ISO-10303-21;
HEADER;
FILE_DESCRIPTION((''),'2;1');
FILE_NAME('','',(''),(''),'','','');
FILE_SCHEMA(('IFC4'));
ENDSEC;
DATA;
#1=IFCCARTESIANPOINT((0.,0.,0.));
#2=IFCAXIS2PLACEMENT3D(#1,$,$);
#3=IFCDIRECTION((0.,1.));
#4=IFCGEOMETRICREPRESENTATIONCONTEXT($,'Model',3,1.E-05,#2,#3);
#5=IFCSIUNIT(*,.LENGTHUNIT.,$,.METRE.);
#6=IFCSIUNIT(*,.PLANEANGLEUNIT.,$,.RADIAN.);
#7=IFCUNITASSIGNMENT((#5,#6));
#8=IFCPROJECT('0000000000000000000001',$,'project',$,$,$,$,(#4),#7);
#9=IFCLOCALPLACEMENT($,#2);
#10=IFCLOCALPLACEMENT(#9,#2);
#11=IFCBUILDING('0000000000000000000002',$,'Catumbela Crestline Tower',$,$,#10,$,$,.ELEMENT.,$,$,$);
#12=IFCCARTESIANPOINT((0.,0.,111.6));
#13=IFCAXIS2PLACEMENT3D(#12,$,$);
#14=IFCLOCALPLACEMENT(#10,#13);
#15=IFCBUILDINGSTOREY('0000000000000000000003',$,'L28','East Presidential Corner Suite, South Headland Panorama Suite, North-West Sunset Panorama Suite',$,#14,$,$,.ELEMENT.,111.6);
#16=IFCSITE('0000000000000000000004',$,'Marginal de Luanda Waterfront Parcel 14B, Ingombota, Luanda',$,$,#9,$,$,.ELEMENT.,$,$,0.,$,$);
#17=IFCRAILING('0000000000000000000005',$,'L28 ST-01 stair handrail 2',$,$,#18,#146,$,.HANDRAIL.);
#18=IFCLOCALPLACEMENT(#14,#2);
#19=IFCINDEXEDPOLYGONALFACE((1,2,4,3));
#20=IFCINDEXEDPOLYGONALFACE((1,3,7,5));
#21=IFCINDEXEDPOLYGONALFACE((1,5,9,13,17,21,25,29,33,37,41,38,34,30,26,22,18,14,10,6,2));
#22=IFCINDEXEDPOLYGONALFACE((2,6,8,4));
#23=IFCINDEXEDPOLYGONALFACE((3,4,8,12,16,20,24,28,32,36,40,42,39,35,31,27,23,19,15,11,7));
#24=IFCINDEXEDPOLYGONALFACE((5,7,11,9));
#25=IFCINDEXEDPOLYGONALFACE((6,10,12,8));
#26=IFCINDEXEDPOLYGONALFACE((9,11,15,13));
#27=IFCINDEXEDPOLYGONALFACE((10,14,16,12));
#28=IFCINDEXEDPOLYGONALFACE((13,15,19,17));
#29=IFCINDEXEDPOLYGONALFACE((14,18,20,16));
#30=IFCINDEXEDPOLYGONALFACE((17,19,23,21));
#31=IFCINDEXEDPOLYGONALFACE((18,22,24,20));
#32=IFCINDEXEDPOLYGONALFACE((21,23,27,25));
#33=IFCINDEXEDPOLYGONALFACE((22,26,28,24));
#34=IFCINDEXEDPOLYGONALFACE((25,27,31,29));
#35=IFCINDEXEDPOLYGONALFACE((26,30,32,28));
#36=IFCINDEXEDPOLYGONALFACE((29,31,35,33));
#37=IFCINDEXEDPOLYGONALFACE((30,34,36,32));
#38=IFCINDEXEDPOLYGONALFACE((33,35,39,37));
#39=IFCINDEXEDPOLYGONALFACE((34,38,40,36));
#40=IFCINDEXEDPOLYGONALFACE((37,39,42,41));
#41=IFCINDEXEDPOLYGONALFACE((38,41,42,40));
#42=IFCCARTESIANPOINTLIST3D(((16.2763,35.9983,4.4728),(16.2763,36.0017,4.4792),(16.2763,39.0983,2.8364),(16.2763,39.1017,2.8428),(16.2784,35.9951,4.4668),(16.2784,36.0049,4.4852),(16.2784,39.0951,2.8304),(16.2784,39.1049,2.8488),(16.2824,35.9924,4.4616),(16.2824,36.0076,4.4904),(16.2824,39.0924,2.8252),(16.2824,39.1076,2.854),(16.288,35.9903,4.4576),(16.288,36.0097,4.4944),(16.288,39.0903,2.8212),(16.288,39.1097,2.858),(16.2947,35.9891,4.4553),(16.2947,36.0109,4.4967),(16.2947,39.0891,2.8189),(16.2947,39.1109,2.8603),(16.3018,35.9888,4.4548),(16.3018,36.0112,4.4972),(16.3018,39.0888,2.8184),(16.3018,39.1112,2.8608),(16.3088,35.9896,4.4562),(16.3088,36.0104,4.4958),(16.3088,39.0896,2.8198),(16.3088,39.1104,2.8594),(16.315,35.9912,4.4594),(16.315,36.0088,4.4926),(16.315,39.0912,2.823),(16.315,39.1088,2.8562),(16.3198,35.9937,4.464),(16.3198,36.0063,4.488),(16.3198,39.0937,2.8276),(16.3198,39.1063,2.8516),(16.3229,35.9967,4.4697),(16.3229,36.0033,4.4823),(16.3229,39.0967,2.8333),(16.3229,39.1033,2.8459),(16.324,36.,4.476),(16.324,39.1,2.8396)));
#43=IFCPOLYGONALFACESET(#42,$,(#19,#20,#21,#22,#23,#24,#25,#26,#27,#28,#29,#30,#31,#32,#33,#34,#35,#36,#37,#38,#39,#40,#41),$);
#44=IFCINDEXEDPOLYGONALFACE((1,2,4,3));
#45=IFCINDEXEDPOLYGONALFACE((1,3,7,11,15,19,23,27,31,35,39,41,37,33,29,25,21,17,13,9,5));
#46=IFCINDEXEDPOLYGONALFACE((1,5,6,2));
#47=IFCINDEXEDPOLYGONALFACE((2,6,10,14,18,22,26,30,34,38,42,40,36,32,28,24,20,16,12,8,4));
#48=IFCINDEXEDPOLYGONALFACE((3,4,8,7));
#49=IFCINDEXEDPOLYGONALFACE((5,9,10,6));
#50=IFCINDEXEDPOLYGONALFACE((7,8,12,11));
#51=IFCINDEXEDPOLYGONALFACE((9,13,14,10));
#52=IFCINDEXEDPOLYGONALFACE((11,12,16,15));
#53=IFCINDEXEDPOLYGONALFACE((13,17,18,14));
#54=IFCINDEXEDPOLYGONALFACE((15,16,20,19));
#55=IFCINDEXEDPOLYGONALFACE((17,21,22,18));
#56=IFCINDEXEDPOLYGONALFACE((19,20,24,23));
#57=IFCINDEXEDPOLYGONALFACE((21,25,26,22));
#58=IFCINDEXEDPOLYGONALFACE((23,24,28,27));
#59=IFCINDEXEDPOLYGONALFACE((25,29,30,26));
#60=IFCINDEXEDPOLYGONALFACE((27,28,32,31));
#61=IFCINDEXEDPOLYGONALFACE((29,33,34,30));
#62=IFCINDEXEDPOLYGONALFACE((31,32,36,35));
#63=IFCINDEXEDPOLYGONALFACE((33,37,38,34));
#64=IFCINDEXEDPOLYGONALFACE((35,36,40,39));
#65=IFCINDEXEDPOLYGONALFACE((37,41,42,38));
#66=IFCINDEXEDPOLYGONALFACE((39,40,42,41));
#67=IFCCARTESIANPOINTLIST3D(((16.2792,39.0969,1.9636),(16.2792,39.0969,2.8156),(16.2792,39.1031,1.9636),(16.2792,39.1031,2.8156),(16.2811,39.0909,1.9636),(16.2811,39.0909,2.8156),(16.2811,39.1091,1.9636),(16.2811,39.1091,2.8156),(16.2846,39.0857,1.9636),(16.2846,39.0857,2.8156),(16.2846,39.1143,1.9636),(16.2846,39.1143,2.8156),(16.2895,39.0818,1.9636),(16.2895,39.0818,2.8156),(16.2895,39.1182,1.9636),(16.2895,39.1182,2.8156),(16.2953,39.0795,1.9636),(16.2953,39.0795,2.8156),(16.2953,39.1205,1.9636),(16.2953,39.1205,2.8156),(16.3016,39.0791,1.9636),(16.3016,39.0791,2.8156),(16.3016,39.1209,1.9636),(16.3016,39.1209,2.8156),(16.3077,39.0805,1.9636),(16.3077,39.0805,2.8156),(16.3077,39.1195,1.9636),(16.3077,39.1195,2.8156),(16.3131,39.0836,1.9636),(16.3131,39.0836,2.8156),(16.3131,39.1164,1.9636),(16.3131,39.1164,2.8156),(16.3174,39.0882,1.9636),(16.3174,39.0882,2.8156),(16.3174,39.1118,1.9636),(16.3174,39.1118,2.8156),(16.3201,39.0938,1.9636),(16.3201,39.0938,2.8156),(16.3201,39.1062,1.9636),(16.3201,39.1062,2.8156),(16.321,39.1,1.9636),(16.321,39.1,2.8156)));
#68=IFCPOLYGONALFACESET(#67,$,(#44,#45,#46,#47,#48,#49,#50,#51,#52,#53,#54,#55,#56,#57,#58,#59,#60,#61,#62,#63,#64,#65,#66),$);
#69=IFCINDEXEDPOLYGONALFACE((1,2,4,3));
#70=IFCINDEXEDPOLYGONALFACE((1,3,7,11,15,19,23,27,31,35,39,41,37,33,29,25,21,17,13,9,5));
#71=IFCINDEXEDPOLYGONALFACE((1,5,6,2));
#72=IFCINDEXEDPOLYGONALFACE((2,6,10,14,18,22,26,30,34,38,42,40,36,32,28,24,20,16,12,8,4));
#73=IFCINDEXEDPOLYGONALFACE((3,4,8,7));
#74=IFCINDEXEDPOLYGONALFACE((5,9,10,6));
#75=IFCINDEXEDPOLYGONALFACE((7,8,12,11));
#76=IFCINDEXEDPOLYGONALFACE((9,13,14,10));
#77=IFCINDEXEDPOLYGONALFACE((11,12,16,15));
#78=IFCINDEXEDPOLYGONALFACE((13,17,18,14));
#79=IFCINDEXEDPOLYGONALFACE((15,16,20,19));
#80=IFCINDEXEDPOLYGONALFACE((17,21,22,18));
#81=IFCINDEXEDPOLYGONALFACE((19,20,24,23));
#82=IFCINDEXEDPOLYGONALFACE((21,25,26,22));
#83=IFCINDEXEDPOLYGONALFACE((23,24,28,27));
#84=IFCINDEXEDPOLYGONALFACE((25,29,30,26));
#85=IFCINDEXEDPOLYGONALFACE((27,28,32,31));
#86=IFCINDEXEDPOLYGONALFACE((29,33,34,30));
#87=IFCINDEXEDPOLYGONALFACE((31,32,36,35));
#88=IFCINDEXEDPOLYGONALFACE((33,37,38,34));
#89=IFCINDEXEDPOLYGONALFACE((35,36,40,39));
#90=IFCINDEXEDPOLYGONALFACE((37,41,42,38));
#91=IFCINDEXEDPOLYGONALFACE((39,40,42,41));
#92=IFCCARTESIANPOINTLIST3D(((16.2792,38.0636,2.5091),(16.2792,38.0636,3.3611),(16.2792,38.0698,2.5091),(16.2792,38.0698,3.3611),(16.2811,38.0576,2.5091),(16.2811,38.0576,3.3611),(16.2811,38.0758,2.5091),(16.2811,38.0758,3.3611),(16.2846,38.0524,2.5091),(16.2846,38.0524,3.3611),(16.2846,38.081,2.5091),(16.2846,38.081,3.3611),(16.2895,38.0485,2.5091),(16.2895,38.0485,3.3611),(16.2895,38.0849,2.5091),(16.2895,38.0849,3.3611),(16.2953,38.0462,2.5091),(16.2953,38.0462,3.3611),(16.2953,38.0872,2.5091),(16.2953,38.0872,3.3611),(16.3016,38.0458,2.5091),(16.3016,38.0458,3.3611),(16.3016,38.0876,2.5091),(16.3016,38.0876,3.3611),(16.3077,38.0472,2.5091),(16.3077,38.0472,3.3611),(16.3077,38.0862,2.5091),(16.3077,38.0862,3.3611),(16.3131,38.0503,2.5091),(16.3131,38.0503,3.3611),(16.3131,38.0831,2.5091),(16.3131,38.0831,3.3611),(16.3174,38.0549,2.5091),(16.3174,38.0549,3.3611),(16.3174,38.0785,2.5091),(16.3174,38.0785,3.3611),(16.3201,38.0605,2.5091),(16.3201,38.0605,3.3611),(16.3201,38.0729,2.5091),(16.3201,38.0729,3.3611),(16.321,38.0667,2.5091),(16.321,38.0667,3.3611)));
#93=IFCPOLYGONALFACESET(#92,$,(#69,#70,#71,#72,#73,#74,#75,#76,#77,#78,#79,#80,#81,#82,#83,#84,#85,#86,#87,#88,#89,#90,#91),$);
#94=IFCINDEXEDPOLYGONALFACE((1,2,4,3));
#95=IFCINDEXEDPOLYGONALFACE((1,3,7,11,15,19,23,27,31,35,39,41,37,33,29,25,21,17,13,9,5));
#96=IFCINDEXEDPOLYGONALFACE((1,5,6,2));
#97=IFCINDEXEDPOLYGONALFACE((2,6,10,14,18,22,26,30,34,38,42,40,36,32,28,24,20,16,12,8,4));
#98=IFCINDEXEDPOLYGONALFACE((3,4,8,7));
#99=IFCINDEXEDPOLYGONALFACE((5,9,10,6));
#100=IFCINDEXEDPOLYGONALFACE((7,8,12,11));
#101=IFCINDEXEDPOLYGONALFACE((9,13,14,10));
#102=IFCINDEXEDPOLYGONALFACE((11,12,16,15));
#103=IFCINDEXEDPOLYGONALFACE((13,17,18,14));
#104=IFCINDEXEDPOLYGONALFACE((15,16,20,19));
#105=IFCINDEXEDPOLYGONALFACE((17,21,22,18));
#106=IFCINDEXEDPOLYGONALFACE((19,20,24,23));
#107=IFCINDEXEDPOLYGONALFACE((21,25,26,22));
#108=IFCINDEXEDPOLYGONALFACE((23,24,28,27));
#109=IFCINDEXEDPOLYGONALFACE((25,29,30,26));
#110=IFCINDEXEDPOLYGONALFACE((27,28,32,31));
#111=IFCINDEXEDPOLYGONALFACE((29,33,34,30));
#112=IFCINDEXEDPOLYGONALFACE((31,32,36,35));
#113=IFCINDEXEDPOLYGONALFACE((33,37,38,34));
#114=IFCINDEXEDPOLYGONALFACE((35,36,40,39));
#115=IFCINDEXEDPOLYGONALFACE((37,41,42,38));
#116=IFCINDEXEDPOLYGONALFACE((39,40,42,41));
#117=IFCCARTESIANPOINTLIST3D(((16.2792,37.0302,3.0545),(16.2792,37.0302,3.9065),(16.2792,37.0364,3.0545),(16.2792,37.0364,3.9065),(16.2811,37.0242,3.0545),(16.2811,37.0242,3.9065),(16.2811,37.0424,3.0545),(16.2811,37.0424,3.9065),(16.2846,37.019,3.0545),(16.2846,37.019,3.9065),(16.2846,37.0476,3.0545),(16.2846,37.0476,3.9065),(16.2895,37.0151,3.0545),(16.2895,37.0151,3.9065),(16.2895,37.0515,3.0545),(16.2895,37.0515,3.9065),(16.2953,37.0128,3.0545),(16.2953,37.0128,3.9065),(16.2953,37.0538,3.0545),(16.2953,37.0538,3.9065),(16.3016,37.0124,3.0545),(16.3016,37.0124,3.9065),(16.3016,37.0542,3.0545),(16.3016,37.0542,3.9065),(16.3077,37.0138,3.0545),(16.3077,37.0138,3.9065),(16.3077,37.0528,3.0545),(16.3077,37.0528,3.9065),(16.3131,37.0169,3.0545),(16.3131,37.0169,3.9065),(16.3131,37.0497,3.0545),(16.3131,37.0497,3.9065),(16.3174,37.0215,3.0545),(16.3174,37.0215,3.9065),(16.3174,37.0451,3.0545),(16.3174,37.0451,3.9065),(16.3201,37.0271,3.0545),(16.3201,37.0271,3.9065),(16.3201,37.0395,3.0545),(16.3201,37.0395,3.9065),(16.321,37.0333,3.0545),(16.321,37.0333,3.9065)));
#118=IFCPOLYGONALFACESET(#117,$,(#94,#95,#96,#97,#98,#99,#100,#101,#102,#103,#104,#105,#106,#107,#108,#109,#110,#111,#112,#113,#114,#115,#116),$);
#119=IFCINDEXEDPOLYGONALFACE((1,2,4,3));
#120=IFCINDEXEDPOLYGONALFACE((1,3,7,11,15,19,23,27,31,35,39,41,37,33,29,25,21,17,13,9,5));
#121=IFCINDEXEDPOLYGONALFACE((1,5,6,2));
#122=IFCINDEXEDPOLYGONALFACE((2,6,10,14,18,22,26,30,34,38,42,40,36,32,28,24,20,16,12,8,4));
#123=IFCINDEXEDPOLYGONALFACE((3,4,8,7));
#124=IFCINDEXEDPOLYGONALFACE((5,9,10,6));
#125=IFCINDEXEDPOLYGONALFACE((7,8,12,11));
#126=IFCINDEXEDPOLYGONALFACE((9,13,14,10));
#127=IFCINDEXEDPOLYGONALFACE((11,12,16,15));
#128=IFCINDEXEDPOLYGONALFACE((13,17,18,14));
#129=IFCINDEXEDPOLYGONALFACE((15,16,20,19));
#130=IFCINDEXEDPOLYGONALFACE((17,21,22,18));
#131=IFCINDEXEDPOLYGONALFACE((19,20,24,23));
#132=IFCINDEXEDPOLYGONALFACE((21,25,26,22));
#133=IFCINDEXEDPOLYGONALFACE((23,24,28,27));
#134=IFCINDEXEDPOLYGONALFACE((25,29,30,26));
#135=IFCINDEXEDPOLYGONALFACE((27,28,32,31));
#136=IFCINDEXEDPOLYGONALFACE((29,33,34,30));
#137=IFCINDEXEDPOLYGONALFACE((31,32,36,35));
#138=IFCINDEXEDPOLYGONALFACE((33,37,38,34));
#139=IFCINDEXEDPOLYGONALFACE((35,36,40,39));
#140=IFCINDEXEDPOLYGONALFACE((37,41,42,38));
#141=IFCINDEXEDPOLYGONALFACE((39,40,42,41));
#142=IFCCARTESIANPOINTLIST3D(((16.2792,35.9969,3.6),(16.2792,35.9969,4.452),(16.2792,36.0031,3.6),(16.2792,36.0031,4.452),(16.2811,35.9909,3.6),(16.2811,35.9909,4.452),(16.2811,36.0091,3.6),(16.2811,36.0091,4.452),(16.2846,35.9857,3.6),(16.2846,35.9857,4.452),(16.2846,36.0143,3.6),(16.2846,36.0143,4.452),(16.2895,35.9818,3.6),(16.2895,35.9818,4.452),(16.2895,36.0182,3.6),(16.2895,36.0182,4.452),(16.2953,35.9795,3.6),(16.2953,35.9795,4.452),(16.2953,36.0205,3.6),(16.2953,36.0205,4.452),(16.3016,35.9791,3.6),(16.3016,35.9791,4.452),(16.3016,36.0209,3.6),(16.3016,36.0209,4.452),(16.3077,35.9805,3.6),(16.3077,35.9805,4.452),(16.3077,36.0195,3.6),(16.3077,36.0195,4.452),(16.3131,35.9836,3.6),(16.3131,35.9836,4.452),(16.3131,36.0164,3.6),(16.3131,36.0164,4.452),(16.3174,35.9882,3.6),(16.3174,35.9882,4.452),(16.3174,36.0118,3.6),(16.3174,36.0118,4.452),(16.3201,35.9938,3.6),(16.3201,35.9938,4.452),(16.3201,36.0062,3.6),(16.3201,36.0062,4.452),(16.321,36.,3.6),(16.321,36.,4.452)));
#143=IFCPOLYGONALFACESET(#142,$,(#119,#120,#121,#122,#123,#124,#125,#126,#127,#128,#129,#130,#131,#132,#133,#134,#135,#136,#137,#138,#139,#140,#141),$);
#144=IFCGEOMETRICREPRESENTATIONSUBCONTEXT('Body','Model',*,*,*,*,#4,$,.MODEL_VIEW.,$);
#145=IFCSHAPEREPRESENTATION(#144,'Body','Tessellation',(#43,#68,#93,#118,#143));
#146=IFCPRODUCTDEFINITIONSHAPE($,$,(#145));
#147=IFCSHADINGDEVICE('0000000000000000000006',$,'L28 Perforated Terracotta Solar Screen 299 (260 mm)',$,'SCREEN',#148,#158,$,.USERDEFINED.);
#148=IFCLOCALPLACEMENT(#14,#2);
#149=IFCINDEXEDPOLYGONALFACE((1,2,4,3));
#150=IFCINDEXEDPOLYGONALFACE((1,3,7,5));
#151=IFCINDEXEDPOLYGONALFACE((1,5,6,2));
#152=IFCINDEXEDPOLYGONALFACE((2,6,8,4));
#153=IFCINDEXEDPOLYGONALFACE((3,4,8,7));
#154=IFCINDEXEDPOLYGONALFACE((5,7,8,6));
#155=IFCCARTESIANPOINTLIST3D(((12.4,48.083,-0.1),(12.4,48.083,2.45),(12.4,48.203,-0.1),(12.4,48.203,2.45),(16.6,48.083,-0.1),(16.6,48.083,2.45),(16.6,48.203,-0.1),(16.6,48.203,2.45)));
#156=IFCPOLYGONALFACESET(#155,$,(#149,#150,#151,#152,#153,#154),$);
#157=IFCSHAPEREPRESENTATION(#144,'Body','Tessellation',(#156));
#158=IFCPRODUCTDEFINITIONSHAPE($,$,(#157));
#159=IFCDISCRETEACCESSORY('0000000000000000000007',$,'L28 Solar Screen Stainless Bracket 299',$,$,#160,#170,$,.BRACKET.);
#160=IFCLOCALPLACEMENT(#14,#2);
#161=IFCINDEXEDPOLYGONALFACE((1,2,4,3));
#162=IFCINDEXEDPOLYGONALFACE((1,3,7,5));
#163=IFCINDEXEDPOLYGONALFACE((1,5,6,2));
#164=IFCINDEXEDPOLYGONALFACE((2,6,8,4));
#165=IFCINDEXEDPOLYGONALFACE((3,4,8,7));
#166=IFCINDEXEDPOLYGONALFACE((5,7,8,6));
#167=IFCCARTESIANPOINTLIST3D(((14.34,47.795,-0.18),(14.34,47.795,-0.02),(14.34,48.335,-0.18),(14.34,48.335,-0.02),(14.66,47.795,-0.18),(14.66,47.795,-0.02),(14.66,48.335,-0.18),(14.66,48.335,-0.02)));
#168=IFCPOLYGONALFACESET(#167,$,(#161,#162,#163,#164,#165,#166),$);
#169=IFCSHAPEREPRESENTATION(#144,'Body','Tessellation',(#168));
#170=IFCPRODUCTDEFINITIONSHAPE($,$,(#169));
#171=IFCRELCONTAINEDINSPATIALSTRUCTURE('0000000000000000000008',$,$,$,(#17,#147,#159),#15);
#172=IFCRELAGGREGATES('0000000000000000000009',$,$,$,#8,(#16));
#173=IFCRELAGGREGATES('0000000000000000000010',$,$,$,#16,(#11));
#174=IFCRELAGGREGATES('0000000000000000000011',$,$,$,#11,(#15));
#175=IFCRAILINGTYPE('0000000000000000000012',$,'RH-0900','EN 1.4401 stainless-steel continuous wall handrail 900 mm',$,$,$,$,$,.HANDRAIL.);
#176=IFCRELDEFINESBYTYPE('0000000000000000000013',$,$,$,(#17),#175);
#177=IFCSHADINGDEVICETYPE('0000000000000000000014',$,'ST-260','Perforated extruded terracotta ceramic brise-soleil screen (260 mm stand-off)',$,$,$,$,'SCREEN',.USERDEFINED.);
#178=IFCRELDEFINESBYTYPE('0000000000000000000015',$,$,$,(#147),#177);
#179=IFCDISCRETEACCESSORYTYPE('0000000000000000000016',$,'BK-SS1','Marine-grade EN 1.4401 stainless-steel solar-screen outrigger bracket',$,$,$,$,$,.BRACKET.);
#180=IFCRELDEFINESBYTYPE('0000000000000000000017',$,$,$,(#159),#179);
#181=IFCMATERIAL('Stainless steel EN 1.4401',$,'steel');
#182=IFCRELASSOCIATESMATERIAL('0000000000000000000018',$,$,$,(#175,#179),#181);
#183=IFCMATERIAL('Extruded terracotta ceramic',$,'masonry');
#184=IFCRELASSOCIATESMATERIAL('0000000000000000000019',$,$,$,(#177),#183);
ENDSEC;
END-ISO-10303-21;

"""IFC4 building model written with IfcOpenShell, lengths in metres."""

from ifc_helpers import new_model, si_unit, direction, frame, origin, origin_2d, place, context, subcontext, project, spatial, rectangle, circle, extrude, material, type_object, element, save


model = new_model("IFC4")

# Units and contexts
model_context = context("Model", 3, precision=1e-05, world=origin(), true_north=direction((0.0, 1.0)))
body_context = subcontext(model_context, "Body", "Model", "MODEL_VIEW")
ifc_project = project(units=[si_unit("LENGTHUNIT", "METRE"), si_unit("PLANEANGLEUNIT", "RADIAN")], contexts=[model_context])

# Site, building, storey
site_placement = place(None, origin())
site = spatial("IfcSite", under=ifc_project, at=site_placement, Name="Marginal de Luanda Waterfront Parcel 14B, Ingombota, Luanda", CompositionType="ELEMENT", RefElevation=0.0)
building_placement = place(site_placement, origin())
building = spatial("IfcBuilding", under=site, at=building_placement, Name="Catumbela Crestline Tower", CompositionType="ELEMENT")
storey_placement = place(building_placement, frame((0.0, 0.0, 111.6)))
storey = spatial("IfcBuildingStorey", under=building, at=storey_placement, Name="L28", Description="East Presidential Corner Suite, South Headland Panorama Suite, North-West Sunset Panorama Suite", CompositionType="ELEMENT", Elevation=111.6)

# Railing
ifc_material_1 = material(Name="Stainless steel EN 1.4401", Category="steel")
railing_type_1 = type_object("IfcRailingType", Name="RH-0900", Description="EN 1.4401 stainless-steel continuous wall handrail 900 mm", PredefinedType="HANDRAIL", material=ifc_material_1)
railing_1_placement = place(storey_placement, frame((16.3, 39.1, 1.9636)))
element("IfcRailing", 1, at=railing_1_placement, inside=storey, type_object=railing_type_1, Name="L28 ST-01 stair handrail 2", PredefinedType="HANDRAIL", context=body_context, shape_type="SweptSolid", body=[
    extrude(circle(Radius=0.024, at=origin_2d()), frame((0.0, 0.0, 0.876), z_axis=(0.0, -0.884351, 0.466823), x_axis=(1.0, 0.0, 0.0)), (0.0, 0.0, 1.0), 3.5054),
    extrude(circle(Radius=0.021, at=origin_2d()), origin(), (0.0, 0.0, 1.0), 0.852),
    extrude(circle(Radius=0.021, at=origin_2d()), frame((0.0, -1.0333, 0.5455)), (0.0, 0.0, 1.0), 0.852),
    extrude(circle(Radius=0.021, at=origin_2d()), frame((0.0, -2.0667, 1.0909)), (0.0, 0.0, 1.0), 0.852),
    extrude(circle(Radius=0.021, at=origin_2d()), frame((0.0, -3.1, 1.6364)), (0.0, 0.0, 1.0), 0.852),
])

# Shading device
ifc_material_2 = material(Name="Extruded terracotta ceramic", Category="masonry")
shading_device_type = type_object("IfcShadingDeviceType", Name="ST-260", Description="Perforated extruded terracotta ceramic brise-soleil screen (260 mm stand-off)", ElementType="SCREEN", PredefinedType="USERDEFINED", material=ifc_material_2)
shading_device_placement = place(storey_placement, frame((14.5, 48.143, -0.1), z_axis=(0.0, 0.0, 1.0), x_axis=(-1.0, 0.0, 0.0)))
element("IfcShadingDevice", 2, at=shading_device_placement, inside=storey, type_object=shading_device_type, Name="L28 Perforated Terracotta Solar Screen 299 (260 mm)", ObjectType="SCREEN", PredefinedType="USERDEFINED", context=body_context, shape_type="SweptSolid", body=[
    extrude(rectangle(XDim=4.2, YDim=0.12, at=origin_2d()), origin(), (0.0, 0.0, 1.0), 2.55),
])

# Discrete accessory
discrete_accessory_type = type_object("IfcDiscreteAccessoryType", Name="BK-SS1", Description="Marine-grade EN 1.4401 stainless-steel solar-screen outrigger bracket", PredefinedType="BRACKET", material=ifc_material_1)
discrete_accessory_placement = place(storey_placement, frame((14.5, 48.065, -0.18), z_axis=(0.0, 0.0, 1.0), x_axis=(-1.0, 0.0, 0.0)))
element("IfcDiscreteAccessory", 3, at=discrete_accessory_placement, inside=storey, type_object=discrete_accessory_type, Name="L28 Solar Screen Stainless Bracket 299", PredefinedType="BRACKET", context=body_context, shape_type="SweptSolid", body=[
    extrude(rectangle(XDim=0.32, YDim=0.54, at=origin_2d()), origin(), (0.0, 0.0, 1.0), 0.16),
])

save(model, "model.ifc")
